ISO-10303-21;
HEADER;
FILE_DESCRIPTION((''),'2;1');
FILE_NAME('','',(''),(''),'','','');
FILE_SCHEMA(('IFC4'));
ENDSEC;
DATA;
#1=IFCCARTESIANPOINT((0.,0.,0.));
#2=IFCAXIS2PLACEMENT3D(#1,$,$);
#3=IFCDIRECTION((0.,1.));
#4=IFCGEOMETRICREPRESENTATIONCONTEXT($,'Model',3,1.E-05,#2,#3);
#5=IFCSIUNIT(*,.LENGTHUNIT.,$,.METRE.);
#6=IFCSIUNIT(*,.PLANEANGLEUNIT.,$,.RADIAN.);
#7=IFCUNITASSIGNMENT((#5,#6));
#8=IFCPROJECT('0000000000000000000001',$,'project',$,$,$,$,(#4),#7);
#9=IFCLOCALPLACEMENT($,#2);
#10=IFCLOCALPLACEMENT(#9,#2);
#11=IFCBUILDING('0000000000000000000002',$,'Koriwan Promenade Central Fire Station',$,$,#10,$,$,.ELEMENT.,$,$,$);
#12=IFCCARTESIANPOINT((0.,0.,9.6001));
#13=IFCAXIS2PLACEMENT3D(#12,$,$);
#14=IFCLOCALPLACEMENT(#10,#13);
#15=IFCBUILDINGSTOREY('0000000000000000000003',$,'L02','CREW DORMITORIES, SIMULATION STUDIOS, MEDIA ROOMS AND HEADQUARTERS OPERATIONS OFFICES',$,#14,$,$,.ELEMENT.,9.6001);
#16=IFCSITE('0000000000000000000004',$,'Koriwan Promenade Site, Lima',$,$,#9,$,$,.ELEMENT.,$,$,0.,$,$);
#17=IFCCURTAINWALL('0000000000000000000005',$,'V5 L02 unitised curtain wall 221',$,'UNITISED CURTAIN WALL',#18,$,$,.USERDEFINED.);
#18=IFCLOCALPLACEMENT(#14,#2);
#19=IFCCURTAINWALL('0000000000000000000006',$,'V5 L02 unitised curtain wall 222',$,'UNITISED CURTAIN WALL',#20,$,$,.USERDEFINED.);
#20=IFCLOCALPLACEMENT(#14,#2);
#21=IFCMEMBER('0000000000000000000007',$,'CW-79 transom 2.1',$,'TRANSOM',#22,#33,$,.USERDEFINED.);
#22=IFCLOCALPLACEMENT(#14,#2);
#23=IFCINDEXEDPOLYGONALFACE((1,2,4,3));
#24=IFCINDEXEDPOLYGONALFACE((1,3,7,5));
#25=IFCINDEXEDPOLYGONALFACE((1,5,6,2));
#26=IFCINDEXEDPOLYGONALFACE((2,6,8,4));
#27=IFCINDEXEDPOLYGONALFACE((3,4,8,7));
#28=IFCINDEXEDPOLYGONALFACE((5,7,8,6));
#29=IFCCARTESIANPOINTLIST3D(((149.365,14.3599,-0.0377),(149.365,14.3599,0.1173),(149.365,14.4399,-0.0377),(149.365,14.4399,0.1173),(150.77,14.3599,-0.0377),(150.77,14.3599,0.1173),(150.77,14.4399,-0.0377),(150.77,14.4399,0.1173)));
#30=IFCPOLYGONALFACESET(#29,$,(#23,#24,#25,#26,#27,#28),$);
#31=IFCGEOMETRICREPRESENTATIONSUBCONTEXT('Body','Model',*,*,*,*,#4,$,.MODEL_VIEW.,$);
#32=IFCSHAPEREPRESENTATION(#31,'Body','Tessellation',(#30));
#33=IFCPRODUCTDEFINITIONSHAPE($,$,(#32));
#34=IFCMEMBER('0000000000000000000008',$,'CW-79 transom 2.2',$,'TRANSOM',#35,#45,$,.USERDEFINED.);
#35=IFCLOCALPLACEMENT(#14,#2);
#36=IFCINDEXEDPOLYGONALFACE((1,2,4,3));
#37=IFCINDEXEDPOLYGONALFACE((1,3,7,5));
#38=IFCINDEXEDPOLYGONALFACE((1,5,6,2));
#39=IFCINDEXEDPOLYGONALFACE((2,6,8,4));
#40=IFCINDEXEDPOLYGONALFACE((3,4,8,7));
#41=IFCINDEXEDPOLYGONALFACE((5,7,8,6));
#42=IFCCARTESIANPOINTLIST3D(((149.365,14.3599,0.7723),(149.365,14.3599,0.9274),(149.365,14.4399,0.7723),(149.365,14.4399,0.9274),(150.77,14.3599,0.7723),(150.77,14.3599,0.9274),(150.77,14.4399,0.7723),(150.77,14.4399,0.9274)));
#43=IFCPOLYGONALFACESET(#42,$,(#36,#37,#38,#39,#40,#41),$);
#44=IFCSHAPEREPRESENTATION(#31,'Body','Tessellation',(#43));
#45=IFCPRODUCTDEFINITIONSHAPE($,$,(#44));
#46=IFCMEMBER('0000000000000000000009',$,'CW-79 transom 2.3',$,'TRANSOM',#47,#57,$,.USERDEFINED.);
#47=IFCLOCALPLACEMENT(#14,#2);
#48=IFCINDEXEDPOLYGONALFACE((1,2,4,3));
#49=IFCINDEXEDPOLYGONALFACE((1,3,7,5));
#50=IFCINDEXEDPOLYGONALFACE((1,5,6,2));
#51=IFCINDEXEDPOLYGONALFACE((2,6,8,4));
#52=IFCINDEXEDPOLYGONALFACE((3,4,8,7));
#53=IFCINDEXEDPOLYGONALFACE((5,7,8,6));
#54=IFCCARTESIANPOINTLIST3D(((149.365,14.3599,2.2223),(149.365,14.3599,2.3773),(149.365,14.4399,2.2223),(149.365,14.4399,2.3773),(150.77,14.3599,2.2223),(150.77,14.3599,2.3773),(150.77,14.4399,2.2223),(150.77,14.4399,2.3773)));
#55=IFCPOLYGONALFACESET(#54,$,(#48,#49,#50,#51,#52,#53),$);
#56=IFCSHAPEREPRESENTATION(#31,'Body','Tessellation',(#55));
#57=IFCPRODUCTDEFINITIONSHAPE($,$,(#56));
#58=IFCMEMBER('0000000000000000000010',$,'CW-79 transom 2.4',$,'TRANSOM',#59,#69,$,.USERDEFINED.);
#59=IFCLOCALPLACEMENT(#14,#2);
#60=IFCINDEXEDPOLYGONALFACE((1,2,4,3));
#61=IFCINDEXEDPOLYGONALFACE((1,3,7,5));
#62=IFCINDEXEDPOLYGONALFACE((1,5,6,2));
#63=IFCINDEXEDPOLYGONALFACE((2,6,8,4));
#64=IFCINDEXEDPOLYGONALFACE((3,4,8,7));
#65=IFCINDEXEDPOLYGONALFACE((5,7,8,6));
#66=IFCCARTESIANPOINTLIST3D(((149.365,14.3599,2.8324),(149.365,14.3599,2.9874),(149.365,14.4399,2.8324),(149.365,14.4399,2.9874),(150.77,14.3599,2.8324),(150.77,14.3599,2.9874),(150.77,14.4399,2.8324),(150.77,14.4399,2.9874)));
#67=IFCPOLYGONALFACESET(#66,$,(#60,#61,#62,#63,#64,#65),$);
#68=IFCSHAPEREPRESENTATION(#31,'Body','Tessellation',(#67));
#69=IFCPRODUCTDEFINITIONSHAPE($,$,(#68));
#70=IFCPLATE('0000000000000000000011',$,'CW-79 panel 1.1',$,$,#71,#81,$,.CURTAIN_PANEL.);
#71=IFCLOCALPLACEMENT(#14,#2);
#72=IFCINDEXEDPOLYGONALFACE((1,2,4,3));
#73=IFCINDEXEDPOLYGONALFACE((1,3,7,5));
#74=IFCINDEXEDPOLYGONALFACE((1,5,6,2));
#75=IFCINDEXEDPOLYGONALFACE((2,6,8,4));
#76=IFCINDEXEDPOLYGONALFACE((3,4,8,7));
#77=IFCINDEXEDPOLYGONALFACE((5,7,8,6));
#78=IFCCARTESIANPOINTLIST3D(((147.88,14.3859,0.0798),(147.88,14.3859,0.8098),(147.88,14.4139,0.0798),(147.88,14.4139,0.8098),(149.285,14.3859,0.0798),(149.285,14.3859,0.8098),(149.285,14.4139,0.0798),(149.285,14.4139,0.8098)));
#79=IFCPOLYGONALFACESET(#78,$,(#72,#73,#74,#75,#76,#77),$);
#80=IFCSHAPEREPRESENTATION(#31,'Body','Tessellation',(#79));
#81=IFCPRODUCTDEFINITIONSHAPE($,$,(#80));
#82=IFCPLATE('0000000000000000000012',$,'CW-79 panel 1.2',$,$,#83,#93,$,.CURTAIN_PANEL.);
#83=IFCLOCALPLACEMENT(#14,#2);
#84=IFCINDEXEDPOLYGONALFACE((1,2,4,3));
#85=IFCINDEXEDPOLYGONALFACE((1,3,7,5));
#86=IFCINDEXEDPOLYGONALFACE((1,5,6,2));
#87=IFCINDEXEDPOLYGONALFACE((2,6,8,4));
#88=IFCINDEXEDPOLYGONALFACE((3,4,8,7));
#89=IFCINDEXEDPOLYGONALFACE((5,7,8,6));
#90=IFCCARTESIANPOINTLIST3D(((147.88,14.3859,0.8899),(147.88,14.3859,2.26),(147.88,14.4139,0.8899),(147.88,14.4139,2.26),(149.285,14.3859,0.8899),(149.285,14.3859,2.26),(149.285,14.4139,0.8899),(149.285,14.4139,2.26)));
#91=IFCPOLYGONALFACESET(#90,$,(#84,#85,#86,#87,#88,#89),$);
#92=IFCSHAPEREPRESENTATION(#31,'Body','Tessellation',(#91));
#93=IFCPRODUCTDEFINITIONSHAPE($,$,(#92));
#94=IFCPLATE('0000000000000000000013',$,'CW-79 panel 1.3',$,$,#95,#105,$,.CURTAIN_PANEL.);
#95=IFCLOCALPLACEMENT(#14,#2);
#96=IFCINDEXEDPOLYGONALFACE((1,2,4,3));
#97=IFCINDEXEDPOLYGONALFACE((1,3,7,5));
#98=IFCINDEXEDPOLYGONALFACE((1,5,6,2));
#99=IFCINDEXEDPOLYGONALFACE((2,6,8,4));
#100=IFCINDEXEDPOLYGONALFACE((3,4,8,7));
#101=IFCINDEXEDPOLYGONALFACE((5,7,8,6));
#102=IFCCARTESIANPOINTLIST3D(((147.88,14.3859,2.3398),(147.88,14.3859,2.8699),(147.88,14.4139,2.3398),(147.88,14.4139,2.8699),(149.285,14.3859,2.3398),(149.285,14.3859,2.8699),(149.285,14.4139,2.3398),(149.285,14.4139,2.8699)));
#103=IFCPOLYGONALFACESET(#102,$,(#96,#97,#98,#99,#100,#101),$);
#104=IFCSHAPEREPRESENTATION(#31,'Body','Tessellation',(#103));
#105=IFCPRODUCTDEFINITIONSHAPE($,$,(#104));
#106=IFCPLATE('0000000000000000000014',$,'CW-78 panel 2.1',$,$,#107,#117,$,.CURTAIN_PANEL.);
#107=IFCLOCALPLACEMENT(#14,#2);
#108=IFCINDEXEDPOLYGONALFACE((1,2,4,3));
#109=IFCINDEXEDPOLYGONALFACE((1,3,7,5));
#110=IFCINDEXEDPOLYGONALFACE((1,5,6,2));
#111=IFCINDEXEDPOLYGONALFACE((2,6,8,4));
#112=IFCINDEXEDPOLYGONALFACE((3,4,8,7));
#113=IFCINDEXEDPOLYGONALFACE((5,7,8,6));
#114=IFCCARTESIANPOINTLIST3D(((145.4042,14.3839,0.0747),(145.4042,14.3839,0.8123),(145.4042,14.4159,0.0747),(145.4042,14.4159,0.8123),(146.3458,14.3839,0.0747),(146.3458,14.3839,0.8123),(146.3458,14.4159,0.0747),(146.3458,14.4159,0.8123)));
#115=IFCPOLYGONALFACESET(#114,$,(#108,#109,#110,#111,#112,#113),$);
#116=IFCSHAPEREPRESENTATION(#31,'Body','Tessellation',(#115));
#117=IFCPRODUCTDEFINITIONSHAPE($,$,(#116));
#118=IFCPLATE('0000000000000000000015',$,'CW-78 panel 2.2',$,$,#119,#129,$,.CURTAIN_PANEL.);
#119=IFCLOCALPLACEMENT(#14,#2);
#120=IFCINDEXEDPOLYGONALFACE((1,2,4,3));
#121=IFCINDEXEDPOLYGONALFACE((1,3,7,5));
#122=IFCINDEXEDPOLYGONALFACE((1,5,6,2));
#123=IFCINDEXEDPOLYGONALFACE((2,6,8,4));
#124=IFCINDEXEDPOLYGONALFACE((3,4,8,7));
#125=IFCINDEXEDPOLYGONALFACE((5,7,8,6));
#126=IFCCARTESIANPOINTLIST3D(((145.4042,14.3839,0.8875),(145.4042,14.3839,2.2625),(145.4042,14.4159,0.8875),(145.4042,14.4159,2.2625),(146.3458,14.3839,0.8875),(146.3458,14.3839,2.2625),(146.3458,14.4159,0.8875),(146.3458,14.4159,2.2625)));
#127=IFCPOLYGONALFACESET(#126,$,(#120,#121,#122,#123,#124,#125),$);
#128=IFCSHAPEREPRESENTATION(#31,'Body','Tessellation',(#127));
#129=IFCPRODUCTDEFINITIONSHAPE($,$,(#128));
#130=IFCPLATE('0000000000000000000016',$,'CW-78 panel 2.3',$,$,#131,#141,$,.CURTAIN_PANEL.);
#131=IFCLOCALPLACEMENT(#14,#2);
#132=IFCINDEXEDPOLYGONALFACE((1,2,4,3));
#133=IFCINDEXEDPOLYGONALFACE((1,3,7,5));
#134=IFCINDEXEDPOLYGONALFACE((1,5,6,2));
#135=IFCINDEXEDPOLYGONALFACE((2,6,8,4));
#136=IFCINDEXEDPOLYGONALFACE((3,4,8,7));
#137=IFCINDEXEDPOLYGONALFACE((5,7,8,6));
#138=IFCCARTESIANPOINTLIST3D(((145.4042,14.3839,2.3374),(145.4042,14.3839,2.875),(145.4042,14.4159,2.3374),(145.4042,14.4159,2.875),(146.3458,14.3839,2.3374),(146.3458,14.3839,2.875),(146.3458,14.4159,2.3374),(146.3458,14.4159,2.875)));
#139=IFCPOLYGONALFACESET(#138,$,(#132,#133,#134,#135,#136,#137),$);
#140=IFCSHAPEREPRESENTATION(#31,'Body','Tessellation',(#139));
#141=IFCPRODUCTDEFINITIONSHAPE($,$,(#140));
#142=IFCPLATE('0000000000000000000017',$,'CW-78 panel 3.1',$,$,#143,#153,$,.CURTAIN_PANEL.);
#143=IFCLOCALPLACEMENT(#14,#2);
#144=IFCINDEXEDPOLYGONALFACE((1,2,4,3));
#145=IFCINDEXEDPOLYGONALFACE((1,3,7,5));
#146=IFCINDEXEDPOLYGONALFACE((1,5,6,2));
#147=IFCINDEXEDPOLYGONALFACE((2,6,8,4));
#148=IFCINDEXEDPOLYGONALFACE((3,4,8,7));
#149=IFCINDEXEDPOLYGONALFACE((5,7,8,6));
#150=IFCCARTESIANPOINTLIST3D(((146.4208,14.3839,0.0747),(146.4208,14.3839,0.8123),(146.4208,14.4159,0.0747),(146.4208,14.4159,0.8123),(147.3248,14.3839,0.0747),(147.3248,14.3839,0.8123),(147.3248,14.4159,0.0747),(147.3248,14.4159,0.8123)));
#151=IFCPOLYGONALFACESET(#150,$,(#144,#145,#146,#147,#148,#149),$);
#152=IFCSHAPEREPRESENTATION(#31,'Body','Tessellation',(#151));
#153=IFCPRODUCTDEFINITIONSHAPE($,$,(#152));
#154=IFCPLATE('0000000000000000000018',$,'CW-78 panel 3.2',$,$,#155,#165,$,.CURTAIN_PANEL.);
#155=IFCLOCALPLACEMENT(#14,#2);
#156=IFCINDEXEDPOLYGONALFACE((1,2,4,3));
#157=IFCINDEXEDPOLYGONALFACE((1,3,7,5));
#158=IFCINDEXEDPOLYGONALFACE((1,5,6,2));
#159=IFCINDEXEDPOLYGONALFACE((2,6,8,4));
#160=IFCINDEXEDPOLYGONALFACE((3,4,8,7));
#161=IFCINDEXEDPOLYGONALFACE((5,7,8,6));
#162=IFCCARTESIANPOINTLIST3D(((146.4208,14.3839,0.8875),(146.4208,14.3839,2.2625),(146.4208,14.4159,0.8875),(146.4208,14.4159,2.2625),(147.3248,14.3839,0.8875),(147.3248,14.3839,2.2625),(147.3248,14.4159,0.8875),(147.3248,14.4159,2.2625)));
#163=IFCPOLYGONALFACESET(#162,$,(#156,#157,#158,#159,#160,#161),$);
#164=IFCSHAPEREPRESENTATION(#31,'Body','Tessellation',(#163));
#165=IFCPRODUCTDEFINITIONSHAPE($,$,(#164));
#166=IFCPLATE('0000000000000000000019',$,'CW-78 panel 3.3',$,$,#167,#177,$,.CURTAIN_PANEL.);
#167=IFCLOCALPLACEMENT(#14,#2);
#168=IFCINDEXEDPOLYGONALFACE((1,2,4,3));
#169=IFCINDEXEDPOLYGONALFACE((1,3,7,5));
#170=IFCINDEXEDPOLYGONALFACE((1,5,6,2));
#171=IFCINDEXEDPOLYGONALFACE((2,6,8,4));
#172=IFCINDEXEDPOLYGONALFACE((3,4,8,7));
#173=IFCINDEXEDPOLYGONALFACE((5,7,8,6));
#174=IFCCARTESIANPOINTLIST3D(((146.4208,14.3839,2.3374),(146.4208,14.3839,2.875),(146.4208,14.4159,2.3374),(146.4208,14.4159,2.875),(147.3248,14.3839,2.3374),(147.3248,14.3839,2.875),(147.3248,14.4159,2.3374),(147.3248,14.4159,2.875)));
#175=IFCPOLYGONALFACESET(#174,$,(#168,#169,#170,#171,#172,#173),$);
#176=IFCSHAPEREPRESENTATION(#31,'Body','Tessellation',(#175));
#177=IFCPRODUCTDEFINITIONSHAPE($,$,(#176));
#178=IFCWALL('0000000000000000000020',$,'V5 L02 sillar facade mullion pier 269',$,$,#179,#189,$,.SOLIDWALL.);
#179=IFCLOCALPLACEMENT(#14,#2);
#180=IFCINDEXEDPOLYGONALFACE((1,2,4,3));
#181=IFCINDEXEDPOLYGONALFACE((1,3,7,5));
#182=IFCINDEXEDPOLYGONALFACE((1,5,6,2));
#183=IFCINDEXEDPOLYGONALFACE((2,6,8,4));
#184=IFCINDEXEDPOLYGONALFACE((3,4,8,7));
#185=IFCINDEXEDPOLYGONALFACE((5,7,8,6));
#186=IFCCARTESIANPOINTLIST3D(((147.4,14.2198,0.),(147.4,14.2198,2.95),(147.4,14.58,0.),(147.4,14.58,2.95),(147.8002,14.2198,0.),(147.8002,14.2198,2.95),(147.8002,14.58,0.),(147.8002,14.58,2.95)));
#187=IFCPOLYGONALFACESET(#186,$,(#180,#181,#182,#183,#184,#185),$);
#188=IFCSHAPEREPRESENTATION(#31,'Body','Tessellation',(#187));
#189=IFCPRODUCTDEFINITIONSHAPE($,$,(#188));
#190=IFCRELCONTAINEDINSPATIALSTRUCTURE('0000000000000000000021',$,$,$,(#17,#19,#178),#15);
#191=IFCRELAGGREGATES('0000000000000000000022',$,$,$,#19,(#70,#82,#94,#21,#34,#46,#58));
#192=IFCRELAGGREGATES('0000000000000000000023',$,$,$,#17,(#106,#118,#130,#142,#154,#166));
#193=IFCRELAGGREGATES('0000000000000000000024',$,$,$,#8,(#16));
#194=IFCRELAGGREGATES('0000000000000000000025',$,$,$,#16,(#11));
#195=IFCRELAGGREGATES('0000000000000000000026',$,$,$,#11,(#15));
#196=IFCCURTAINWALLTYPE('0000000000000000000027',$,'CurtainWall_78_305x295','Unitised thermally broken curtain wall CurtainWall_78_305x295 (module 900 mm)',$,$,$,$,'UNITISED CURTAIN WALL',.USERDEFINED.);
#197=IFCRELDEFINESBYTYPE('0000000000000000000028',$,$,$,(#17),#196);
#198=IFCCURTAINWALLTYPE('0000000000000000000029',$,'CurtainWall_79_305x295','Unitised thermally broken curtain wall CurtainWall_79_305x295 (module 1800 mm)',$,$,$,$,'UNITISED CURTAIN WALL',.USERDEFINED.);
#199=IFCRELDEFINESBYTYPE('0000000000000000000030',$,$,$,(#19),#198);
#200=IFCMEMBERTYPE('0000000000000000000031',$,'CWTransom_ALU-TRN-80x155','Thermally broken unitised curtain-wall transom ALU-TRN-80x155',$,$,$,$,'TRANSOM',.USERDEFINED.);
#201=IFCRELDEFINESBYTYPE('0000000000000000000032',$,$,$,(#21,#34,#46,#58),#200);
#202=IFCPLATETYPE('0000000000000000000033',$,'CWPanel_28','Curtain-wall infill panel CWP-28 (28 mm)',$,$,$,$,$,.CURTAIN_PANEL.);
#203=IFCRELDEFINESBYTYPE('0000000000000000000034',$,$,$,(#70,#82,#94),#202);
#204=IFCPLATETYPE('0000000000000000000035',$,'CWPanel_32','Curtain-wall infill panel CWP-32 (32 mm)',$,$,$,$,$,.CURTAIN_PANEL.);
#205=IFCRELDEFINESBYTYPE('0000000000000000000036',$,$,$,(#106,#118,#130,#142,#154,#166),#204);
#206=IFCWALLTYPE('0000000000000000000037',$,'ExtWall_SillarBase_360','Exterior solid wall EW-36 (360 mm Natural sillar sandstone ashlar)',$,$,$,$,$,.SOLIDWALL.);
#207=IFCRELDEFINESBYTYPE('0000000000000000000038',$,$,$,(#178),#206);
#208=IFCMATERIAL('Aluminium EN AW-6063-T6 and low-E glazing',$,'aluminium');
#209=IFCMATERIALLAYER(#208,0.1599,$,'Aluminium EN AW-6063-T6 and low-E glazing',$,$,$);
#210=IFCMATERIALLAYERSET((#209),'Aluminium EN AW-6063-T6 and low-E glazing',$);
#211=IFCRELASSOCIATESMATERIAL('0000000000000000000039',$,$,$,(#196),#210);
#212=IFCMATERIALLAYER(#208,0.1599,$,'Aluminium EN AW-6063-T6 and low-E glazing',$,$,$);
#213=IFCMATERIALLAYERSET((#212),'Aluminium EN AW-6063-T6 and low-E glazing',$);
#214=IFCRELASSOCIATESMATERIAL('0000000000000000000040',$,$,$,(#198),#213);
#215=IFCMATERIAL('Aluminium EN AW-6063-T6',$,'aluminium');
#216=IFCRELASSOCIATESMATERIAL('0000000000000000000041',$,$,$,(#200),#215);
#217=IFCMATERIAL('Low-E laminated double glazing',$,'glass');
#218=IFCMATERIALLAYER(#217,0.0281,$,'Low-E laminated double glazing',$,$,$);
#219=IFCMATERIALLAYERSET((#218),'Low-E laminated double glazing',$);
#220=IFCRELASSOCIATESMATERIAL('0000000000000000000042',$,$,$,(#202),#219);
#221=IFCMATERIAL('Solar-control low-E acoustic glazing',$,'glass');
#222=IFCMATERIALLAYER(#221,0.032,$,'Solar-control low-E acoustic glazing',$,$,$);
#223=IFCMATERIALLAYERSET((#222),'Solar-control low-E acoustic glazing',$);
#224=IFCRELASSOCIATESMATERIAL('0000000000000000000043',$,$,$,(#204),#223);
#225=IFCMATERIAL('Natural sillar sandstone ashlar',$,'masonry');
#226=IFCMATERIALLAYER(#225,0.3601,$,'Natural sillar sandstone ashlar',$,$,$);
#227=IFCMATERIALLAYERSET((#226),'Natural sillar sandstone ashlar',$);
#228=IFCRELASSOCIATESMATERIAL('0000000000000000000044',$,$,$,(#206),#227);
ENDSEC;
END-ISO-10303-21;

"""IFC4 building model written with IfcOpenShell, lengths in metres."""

from ifc_helpers import new_model, si_unit, direction, frame, frame_2d, origin, origin_2d, place, context, subcontext, project, spatial, rectangle, extrude, material, layer, layer_set, material_profile, profile_set, type_object, element, aggregate, save


model = new_model("IFC4")

# Units and contexts
model_context = context("Model", 3, precision=1e-05, world=origin(), true_north=direction((0.0, 1.0)))
body_context = subcontext(model_context, "Body", "Model", "MODEL_VIEW")
ifc_project = project(units=[si_unit("LENGTHUNIT", "METRE"), si_unit("PLANEANGLEUNIT", "RADIAN")], contexts=[model_context])

# Site, building, storey
site_placement = place(None, origin())
site = spatial("IfcSite", under=ifc_project, at=site_placement, Name="Koriwan Promenade Site, Lima", CompositionType="ELEMENT", RefElevation=0.0)
building_placement = place(site_placement, origin())
building = spatial("IfcBuilding", under=site, at=building_placement, Name="Koriwan Promenade Central Fire Station", CompositionType="ELEMENT")
storey_placement = place(building_placement, frame((0.0, 0.0, 9.6001)))
storey = spatial("IfcBuildingStorey", under=building, at=storey_placement, Name="L02", Description="CREW DORMITORIES, SIMULATION STUDIOS, MEDIA ROOMS AND HEADQUARTERS OPERATIONS OFFICES", CompositionType="ELEMENT", Elevation=9.6001)

# Curtain walls
ifc_material_1 = material(Name="Aluminium EN AW-6063-T6 and low-E glazing", Category="aluminium")
ifc_layer_1 = layer(ifc_material_1, 0.1599, Name="Aluminium EN AW-6063-T6 and low-E glazing")
ifc_layer_set_1 = layer_set([ifc_layer_1], Name="Aluminium EN AW-6063-T6 and low-E glazing")
curtain_wall_type_1 = type_object("IfcCurtainWallType", Name="CurtainWall_78_305x295", Description="Unitised thermally broken curtain wall CurtainWall_78_305x295 (module 900 mm)", ElementType="UNITISED CURTAIN WALL", PredefinedType="USERDEFINED", material=ifc_layer_set_1)
curtain_wall_1_placement = place(storey_placement, origin())
curtain_wall_1 = element("IfcCurtainWall", 1, at=curtain_wall_1_placement, inside=storey, type_object=curtain_wall_type_1, Name="V5 L02 unitised curtain wall 221", ObjectType="UNITISED CURTAIN WALL", PredefinedType="USERDEFINED")
ifc_material_2 = material(Name="Aluminium EN AW-6063-T6", Category="aluminium")
ifc_layer_2 = layer(ifc_material_1, 0.1599, Name="Aluminium EN AW-6063-T6 and low-E glazing")
ifc_layer_set_2 = layer_set([ifc_layer_2], Name="Aluminium EN AW-6063-T6 and low-E glazing")
curtain_wall_type_2 = type_object("IfcCurtainWallType", Name="CurtainWall_79_305x295", Description="Unitised thermally broken curtain wall CurtainWall_79_305x295 (module 1800 mm)", ElementType="UNITISED CURTAIN WALL", PredefinedType="USERDEFINED", material=ifc_layer_set_2)
curtain_wall_2_placement = place(storey_placement, origin())
curtain_wall_2 = element("IfcCurtainWall", 2, at=curtain_wall_2_placement, inside=storey, type_object=curtain_wall_type_2, Name="V5 L02 unitised curtain wall 222", ObjectType="UNITISED CURTAIN WALL", PredefinedType="USERDEFINED")

# Members
ifc_material_profile_1 = material_profile(ifc_material_2, rectangle(XDim=0.0801, YDim=0.155, at=origin_2d()), Name="ALU-TRN-80x155")
ifc_profile_set_1 = profile_set([ifc_material_profile_1], Name="Aluminium EN AW-6063-T6")
member_type_1 = type_object("IfcMemberType", Name="CWTransom_ALU-TRN-80x155", Description="Thermally broken unitised curtain-wall transom ALU-TRN-80x155", ElementType="TRANSOM", PredefinedType="USERDEFINED", material=ifc_profile_set_1)
member_1_placement = place(storey_placement, frame((149.365, 14.3999, 0.0398), z_axis=(1.0, 0.0, 0.0), x_axis=(0.0, 1.0, 0.0)))
member_1 = element("IfcMember", 3, at=member_1_placement, type_object=member_type_1, Name="CW-79 transom 2.1", ObjectType="TRANSOM", PredefinedType="USERDEFINED", context=body_context, shape_type="SweptSolid", body=[
    extrude(rectangle(XDim=0.0801, YDim=0.155, at=origin_2d()), origin(), (0.0, 0.0, 1.0), 1.405),
])
member_2_placement = place(storey_placement, frame((149.365, 14.3999, 0.8499), z_axis=(1.0, 0.0, 0.0), x_axis=(0.0, 1.0, 0.0)))
member_2 = element("IfcMember", 4, at=member_2_placement, type_object=member_type_1, Name="CW-79 transom 2.2", ObjectType="TRANSOM", PredefinedType="USERDEFINED", context=body_context, shape_type="SweptSolid", body=[
    extrude(rectangle(XDim=0.0801, YDim=0.155, at=origin_2d()), origin(), (0.0, 0.0, 1.0), 1.405),
])
member_3_placement = place(storey_placement, frame((149.365, 14.3999, 2.2998), z_axis=(1.0, 0.0, 0.0), x_axis=(0.0, 1.0, 0.0)))
member_3 = element("IfcMember", 5, at=member_3_placement, type_object=member_type_1, Name="CW-79 transom 2.3", ObjectType="TRANSOM", PredefinedType="USERDEFINED", context=body_context, shape_type="SweptSolid", body=[
    extrude(rectangle(XDim=0.0801, YDim=0.155, at=origin_2d()), origin(), (0.0, 0.0, 1.0), 1.405),
])
member_4_placement = place(storey_placement, frame((149.365, 14.3999, 2.9099), z_axis=(1.0, 0.0, 0.0), x_axis=(0.0, 1.0, 0.0)))
member_4 = element("IfcMember", 6, at=member_4_placement, type_object=member_type_1, Name="CW-79 transom 2.4", ObjectType="TRANSOM", PredefinedType="USERDEFINED", context=body_context, shape_type="SweptSolid", body=[
    extrude(rectangle(XDim=0.0801, YDim=0.155, at=origin_2d()), origin(), (0.0, 0.0, 1.0), 1.405),
])

# Plates
ifc_material_3 = material(Name="Low-E laminated double glazing", Category="glass")
ifc_layer_3 = layer(ifc_material_3, 0.0281, Name="Low-E laminated double glazing")
ifc_layer_set_3 = layer_set([ifc_layer_3], Name="Low-E laminated double glazing")
plate_type_1 = type_object("IfcPlateType", Name="CWPanel_28", Description="Curtain-wall infill panel CWP-28 (28 mm)", PredefinedType="CURTAIN_PANEL", material=ifc_layer_set_3)
plate_1_placement = place(storey_placement, frame((148.5825, 14.3999, 0.0798), z_axis=(0.0, 0.0, 1.0), x_axis=(1.0, 0.0, 0.0)))
plate_1 = element("IfcPlate", 7, at=plate_1_placement, type_object=plate_type_1, Name="CW-79 panel 1.1", PredefinedType="CURTAIN_PANEL", context=body_context, shape_type="SweptSolid", body=[
    extrude(rectangle(XDim=1.405, YDim=0.0281, at=origin_2d()), origin(), (0.0, 0.0, 1.0), 0.73),
])
plate_2_placement = place(storey_placement, frame((148.5825, 14.3999, 0.8899), z_axis=(0.0, 0.0, 1.0), x_axis=(1.0, 0.0, 0.0)))
plate_2 = element("IfcPlate", 8, at=plate_2_placement, type_object=plate_type_1, Name="CW-79 panel 1.2", PredefinedType="CURTAIN_PANEL", context=body_context, shape_type="SweptSolid", body=[
    extrude(rectangle(XDim=1.405, YDim=0.0281, at=origin_2d()), origin(), (0.0, 0.0, 1.0), 1.3701),
])
plate_3_placement = place(storey_placement, frame((148.5825, 14.3999, 2.3398), z_axis=(0.0, 0.0, 1.0), x_axis=(1.0, 0.0, 0.0)))
plate_3 = element("IfcPlate", 9, at=plate_3_placement, type_object=plate_type_1, Name="CW-79 panel 1.3", PredefinedType="CURTAIN_PANEL", context=body_context, shape_type="SweptSolid", body=[
    extrude(rectangle(XDim=1.405, YDim=0.0281, at=origin_2d()), origin(), (0.0, 0.0, 1.0), 0.53),
])
aggregate(curtain_wall_2, [plate_1, plate_2, plate_3, member_1, member_2, member_3, member_4])
ifc_material_4 = material(Name="Solar-control low-E acoustic glazing", Category="glass")
ifc_layer_4 = layer(ifc_material_4, 0.032, Name="Solar-control low-E acoustic glazing")
ifc_layer_set_4 = layer_set([ifc_layer_4], Name="Solar-control low-E acoustic glazing")
plate_type_2 = type_object("IfcPlateType", Name="CWPanel_32", Description="Curtain-wall infill panel CWP-32 (32 mm)", PredefinedType="CURTAIN_PANEL", material=ifc_layer_set_4)
plate_4_placement = place(storey_placement, frame((145.875, 14.3999, 0.0747), z_axis=(0.0, 0.0, 1.0), x_axis=(1.0, 0.0, 0.0)))
plate_4 = element("IfcPlate", 10, at=plate_4_placement, type_object=plate_type_2, Name="CW-78 panel 2.1", PredefinedType="CURTAIN_PANEL", context=body_context, shape_type="SweptSolid", body=[
    extrude(rectangle(XDim=0.9417, YDim=0.032, at=origin_2d()), origin(), (0.0, 0.0, 1.0), 0.7375),
])
plate_5_placement = place(storey_placement, frame((145.875, 14.3999, 0.8875), z_axis=(0.0, 0.0, 1.0), x_axis=(1.0, 0.0, 0.0)))
plate_5 = element("IfcPlate", 11, at=plate_5_placement, type_object=plate_type_2, Name="CW-78 panel 2.2", PredefinedType="CURTAIN_PANEL", context=body_context, shape_type="SweptSolid", body=[
    extrude(rectangle(XDim=0.9417, YDim=0.032, at=origin_2d()), origin(), (0.0, 0.0, 1.0), 1.375),
])
plate_6_placement = place(storey_placement, frame((145.875, 14.3999, 2.3374), z_axis=(0.0, 0.0, 1.0), x_axis=(1.0, 0.0, 0.0)))
plate_6 = element("IfcPlate", 12, at=plate_6_placement, type_object=plate_type_2, Name="CW-78 panel 2.3", PredefinedType="CURTAIN_PANEL", context=body_context, shape_type="SweptSolid", body=[
    extrude(rectangle(XDim=0.9417, YDim=0.032, at=origin_2d()), origin(), (0.0, 0.0, 1.0), 0.5376),
])
plate_7_placement = place(storey_placement, frame((146.8728, 14.3999, 0.0747), z_axis=(0.0, 0.0, 1.0), x_axis=(1.0, 0.0, 0.0)))
plate_7 = element("IfcPlate", 13, at=plate_7_placement, type_object=plate_type_2, Name="CW-78 panel 3.1", PredefinedType="CURTAIN_PANEL", context=body_context, shape_type="SweptSolid", body=[
    extrude(rectangle(XDim=0.9041, YDim=0.032, at=origin_2d()), origin(), (0.0, 0.0, 1.0), 0.7375),
])
plate_8_placement = place(storey_placement, frame((146.8728, 14.3999, 0.8875), z_axis=(0.0, 0.0, 1.0), x_axis=(1.0, 0.0, 0.0)))
plate_8 = element("IfcPlate", 14, at=plate_8_placement, type_object=plate_type_2, Name="CW-78 panel 3.2", PredefinedType="CURTAIN_PANEL", context=body_context, shape_type="SweptSolid", body=[
    extrude(rectangle(XDim=0.9041, YDim=0.032, at=origin_2d()), origin(), (0.0, 0.0, 1.0), 1.375),
])
plate_9_placement = place(storey_placement, frame((146.8728, 14.3999, 2.3374), z_axis=(0.0, 0.0, 1.0), x_axis=(1.0, 0.0, 0.0)))
plate_9 = element("IfcPlate", 15, at=plate_9_placement, type_object=plate_type_2, Name="CW-78 panel 3.3", PredefinedType="CURTAIN_PANEL", context=body_context, shape_type="SweptSolid", body=[
    extrude(rectangle(XDim=0.9041, YDim=0.032, at=origin_2d()), origin(), (0.0, 0.0, 1.0), 0.5376),
])
aggregate(curtain_wall_1, [plate_4, plate_5, plate_6, plate_7, plate_8, plate_9])

# Wall
ifc_material_5 = material(Name="Natural sillar sandstone ashlar", Category="masonry")
ifc_layer_5 = layer(ifc_material_5, 0.3601, Name="Natural sillar sandstone ashlar")
ifc_layer_set_5 = layer_set([ifc_layer_5], Name="Natural sillar sandstone ashlar")
wall_type = type_object("IfcWallType", Name="ExtWall_SillarBase_360", Description="Exterior solid wall EW-36 (360 mm Natural sillar sandstone ashlar)", PredefinedType="SOLIDWALL", material=ifc_layer_set_5)
wall_placement = place(storey_placement, frame((147.3999, 14.3999, 0.0), z_axis=(0.0, 0.0, 1.0), x_axis=(1.0, 0.0, 0.0)))
element("IfcWall", 16, at=wall_placement, inside=storey, type_object=wall_type, Name="V5 L02 sillar facade mullion pier 269", PredefinedType="SOLIDWALL", context=body_context, shape_type="SweptSolid", body=[
    extrude(rectangle(XDim=0.4001, YDim=0.3601, at=frame_2d((0.2002, 0.0))), origin(), (0.0, 0.0, 1.0), 2.95),
])

save(model, "model.ifc")
